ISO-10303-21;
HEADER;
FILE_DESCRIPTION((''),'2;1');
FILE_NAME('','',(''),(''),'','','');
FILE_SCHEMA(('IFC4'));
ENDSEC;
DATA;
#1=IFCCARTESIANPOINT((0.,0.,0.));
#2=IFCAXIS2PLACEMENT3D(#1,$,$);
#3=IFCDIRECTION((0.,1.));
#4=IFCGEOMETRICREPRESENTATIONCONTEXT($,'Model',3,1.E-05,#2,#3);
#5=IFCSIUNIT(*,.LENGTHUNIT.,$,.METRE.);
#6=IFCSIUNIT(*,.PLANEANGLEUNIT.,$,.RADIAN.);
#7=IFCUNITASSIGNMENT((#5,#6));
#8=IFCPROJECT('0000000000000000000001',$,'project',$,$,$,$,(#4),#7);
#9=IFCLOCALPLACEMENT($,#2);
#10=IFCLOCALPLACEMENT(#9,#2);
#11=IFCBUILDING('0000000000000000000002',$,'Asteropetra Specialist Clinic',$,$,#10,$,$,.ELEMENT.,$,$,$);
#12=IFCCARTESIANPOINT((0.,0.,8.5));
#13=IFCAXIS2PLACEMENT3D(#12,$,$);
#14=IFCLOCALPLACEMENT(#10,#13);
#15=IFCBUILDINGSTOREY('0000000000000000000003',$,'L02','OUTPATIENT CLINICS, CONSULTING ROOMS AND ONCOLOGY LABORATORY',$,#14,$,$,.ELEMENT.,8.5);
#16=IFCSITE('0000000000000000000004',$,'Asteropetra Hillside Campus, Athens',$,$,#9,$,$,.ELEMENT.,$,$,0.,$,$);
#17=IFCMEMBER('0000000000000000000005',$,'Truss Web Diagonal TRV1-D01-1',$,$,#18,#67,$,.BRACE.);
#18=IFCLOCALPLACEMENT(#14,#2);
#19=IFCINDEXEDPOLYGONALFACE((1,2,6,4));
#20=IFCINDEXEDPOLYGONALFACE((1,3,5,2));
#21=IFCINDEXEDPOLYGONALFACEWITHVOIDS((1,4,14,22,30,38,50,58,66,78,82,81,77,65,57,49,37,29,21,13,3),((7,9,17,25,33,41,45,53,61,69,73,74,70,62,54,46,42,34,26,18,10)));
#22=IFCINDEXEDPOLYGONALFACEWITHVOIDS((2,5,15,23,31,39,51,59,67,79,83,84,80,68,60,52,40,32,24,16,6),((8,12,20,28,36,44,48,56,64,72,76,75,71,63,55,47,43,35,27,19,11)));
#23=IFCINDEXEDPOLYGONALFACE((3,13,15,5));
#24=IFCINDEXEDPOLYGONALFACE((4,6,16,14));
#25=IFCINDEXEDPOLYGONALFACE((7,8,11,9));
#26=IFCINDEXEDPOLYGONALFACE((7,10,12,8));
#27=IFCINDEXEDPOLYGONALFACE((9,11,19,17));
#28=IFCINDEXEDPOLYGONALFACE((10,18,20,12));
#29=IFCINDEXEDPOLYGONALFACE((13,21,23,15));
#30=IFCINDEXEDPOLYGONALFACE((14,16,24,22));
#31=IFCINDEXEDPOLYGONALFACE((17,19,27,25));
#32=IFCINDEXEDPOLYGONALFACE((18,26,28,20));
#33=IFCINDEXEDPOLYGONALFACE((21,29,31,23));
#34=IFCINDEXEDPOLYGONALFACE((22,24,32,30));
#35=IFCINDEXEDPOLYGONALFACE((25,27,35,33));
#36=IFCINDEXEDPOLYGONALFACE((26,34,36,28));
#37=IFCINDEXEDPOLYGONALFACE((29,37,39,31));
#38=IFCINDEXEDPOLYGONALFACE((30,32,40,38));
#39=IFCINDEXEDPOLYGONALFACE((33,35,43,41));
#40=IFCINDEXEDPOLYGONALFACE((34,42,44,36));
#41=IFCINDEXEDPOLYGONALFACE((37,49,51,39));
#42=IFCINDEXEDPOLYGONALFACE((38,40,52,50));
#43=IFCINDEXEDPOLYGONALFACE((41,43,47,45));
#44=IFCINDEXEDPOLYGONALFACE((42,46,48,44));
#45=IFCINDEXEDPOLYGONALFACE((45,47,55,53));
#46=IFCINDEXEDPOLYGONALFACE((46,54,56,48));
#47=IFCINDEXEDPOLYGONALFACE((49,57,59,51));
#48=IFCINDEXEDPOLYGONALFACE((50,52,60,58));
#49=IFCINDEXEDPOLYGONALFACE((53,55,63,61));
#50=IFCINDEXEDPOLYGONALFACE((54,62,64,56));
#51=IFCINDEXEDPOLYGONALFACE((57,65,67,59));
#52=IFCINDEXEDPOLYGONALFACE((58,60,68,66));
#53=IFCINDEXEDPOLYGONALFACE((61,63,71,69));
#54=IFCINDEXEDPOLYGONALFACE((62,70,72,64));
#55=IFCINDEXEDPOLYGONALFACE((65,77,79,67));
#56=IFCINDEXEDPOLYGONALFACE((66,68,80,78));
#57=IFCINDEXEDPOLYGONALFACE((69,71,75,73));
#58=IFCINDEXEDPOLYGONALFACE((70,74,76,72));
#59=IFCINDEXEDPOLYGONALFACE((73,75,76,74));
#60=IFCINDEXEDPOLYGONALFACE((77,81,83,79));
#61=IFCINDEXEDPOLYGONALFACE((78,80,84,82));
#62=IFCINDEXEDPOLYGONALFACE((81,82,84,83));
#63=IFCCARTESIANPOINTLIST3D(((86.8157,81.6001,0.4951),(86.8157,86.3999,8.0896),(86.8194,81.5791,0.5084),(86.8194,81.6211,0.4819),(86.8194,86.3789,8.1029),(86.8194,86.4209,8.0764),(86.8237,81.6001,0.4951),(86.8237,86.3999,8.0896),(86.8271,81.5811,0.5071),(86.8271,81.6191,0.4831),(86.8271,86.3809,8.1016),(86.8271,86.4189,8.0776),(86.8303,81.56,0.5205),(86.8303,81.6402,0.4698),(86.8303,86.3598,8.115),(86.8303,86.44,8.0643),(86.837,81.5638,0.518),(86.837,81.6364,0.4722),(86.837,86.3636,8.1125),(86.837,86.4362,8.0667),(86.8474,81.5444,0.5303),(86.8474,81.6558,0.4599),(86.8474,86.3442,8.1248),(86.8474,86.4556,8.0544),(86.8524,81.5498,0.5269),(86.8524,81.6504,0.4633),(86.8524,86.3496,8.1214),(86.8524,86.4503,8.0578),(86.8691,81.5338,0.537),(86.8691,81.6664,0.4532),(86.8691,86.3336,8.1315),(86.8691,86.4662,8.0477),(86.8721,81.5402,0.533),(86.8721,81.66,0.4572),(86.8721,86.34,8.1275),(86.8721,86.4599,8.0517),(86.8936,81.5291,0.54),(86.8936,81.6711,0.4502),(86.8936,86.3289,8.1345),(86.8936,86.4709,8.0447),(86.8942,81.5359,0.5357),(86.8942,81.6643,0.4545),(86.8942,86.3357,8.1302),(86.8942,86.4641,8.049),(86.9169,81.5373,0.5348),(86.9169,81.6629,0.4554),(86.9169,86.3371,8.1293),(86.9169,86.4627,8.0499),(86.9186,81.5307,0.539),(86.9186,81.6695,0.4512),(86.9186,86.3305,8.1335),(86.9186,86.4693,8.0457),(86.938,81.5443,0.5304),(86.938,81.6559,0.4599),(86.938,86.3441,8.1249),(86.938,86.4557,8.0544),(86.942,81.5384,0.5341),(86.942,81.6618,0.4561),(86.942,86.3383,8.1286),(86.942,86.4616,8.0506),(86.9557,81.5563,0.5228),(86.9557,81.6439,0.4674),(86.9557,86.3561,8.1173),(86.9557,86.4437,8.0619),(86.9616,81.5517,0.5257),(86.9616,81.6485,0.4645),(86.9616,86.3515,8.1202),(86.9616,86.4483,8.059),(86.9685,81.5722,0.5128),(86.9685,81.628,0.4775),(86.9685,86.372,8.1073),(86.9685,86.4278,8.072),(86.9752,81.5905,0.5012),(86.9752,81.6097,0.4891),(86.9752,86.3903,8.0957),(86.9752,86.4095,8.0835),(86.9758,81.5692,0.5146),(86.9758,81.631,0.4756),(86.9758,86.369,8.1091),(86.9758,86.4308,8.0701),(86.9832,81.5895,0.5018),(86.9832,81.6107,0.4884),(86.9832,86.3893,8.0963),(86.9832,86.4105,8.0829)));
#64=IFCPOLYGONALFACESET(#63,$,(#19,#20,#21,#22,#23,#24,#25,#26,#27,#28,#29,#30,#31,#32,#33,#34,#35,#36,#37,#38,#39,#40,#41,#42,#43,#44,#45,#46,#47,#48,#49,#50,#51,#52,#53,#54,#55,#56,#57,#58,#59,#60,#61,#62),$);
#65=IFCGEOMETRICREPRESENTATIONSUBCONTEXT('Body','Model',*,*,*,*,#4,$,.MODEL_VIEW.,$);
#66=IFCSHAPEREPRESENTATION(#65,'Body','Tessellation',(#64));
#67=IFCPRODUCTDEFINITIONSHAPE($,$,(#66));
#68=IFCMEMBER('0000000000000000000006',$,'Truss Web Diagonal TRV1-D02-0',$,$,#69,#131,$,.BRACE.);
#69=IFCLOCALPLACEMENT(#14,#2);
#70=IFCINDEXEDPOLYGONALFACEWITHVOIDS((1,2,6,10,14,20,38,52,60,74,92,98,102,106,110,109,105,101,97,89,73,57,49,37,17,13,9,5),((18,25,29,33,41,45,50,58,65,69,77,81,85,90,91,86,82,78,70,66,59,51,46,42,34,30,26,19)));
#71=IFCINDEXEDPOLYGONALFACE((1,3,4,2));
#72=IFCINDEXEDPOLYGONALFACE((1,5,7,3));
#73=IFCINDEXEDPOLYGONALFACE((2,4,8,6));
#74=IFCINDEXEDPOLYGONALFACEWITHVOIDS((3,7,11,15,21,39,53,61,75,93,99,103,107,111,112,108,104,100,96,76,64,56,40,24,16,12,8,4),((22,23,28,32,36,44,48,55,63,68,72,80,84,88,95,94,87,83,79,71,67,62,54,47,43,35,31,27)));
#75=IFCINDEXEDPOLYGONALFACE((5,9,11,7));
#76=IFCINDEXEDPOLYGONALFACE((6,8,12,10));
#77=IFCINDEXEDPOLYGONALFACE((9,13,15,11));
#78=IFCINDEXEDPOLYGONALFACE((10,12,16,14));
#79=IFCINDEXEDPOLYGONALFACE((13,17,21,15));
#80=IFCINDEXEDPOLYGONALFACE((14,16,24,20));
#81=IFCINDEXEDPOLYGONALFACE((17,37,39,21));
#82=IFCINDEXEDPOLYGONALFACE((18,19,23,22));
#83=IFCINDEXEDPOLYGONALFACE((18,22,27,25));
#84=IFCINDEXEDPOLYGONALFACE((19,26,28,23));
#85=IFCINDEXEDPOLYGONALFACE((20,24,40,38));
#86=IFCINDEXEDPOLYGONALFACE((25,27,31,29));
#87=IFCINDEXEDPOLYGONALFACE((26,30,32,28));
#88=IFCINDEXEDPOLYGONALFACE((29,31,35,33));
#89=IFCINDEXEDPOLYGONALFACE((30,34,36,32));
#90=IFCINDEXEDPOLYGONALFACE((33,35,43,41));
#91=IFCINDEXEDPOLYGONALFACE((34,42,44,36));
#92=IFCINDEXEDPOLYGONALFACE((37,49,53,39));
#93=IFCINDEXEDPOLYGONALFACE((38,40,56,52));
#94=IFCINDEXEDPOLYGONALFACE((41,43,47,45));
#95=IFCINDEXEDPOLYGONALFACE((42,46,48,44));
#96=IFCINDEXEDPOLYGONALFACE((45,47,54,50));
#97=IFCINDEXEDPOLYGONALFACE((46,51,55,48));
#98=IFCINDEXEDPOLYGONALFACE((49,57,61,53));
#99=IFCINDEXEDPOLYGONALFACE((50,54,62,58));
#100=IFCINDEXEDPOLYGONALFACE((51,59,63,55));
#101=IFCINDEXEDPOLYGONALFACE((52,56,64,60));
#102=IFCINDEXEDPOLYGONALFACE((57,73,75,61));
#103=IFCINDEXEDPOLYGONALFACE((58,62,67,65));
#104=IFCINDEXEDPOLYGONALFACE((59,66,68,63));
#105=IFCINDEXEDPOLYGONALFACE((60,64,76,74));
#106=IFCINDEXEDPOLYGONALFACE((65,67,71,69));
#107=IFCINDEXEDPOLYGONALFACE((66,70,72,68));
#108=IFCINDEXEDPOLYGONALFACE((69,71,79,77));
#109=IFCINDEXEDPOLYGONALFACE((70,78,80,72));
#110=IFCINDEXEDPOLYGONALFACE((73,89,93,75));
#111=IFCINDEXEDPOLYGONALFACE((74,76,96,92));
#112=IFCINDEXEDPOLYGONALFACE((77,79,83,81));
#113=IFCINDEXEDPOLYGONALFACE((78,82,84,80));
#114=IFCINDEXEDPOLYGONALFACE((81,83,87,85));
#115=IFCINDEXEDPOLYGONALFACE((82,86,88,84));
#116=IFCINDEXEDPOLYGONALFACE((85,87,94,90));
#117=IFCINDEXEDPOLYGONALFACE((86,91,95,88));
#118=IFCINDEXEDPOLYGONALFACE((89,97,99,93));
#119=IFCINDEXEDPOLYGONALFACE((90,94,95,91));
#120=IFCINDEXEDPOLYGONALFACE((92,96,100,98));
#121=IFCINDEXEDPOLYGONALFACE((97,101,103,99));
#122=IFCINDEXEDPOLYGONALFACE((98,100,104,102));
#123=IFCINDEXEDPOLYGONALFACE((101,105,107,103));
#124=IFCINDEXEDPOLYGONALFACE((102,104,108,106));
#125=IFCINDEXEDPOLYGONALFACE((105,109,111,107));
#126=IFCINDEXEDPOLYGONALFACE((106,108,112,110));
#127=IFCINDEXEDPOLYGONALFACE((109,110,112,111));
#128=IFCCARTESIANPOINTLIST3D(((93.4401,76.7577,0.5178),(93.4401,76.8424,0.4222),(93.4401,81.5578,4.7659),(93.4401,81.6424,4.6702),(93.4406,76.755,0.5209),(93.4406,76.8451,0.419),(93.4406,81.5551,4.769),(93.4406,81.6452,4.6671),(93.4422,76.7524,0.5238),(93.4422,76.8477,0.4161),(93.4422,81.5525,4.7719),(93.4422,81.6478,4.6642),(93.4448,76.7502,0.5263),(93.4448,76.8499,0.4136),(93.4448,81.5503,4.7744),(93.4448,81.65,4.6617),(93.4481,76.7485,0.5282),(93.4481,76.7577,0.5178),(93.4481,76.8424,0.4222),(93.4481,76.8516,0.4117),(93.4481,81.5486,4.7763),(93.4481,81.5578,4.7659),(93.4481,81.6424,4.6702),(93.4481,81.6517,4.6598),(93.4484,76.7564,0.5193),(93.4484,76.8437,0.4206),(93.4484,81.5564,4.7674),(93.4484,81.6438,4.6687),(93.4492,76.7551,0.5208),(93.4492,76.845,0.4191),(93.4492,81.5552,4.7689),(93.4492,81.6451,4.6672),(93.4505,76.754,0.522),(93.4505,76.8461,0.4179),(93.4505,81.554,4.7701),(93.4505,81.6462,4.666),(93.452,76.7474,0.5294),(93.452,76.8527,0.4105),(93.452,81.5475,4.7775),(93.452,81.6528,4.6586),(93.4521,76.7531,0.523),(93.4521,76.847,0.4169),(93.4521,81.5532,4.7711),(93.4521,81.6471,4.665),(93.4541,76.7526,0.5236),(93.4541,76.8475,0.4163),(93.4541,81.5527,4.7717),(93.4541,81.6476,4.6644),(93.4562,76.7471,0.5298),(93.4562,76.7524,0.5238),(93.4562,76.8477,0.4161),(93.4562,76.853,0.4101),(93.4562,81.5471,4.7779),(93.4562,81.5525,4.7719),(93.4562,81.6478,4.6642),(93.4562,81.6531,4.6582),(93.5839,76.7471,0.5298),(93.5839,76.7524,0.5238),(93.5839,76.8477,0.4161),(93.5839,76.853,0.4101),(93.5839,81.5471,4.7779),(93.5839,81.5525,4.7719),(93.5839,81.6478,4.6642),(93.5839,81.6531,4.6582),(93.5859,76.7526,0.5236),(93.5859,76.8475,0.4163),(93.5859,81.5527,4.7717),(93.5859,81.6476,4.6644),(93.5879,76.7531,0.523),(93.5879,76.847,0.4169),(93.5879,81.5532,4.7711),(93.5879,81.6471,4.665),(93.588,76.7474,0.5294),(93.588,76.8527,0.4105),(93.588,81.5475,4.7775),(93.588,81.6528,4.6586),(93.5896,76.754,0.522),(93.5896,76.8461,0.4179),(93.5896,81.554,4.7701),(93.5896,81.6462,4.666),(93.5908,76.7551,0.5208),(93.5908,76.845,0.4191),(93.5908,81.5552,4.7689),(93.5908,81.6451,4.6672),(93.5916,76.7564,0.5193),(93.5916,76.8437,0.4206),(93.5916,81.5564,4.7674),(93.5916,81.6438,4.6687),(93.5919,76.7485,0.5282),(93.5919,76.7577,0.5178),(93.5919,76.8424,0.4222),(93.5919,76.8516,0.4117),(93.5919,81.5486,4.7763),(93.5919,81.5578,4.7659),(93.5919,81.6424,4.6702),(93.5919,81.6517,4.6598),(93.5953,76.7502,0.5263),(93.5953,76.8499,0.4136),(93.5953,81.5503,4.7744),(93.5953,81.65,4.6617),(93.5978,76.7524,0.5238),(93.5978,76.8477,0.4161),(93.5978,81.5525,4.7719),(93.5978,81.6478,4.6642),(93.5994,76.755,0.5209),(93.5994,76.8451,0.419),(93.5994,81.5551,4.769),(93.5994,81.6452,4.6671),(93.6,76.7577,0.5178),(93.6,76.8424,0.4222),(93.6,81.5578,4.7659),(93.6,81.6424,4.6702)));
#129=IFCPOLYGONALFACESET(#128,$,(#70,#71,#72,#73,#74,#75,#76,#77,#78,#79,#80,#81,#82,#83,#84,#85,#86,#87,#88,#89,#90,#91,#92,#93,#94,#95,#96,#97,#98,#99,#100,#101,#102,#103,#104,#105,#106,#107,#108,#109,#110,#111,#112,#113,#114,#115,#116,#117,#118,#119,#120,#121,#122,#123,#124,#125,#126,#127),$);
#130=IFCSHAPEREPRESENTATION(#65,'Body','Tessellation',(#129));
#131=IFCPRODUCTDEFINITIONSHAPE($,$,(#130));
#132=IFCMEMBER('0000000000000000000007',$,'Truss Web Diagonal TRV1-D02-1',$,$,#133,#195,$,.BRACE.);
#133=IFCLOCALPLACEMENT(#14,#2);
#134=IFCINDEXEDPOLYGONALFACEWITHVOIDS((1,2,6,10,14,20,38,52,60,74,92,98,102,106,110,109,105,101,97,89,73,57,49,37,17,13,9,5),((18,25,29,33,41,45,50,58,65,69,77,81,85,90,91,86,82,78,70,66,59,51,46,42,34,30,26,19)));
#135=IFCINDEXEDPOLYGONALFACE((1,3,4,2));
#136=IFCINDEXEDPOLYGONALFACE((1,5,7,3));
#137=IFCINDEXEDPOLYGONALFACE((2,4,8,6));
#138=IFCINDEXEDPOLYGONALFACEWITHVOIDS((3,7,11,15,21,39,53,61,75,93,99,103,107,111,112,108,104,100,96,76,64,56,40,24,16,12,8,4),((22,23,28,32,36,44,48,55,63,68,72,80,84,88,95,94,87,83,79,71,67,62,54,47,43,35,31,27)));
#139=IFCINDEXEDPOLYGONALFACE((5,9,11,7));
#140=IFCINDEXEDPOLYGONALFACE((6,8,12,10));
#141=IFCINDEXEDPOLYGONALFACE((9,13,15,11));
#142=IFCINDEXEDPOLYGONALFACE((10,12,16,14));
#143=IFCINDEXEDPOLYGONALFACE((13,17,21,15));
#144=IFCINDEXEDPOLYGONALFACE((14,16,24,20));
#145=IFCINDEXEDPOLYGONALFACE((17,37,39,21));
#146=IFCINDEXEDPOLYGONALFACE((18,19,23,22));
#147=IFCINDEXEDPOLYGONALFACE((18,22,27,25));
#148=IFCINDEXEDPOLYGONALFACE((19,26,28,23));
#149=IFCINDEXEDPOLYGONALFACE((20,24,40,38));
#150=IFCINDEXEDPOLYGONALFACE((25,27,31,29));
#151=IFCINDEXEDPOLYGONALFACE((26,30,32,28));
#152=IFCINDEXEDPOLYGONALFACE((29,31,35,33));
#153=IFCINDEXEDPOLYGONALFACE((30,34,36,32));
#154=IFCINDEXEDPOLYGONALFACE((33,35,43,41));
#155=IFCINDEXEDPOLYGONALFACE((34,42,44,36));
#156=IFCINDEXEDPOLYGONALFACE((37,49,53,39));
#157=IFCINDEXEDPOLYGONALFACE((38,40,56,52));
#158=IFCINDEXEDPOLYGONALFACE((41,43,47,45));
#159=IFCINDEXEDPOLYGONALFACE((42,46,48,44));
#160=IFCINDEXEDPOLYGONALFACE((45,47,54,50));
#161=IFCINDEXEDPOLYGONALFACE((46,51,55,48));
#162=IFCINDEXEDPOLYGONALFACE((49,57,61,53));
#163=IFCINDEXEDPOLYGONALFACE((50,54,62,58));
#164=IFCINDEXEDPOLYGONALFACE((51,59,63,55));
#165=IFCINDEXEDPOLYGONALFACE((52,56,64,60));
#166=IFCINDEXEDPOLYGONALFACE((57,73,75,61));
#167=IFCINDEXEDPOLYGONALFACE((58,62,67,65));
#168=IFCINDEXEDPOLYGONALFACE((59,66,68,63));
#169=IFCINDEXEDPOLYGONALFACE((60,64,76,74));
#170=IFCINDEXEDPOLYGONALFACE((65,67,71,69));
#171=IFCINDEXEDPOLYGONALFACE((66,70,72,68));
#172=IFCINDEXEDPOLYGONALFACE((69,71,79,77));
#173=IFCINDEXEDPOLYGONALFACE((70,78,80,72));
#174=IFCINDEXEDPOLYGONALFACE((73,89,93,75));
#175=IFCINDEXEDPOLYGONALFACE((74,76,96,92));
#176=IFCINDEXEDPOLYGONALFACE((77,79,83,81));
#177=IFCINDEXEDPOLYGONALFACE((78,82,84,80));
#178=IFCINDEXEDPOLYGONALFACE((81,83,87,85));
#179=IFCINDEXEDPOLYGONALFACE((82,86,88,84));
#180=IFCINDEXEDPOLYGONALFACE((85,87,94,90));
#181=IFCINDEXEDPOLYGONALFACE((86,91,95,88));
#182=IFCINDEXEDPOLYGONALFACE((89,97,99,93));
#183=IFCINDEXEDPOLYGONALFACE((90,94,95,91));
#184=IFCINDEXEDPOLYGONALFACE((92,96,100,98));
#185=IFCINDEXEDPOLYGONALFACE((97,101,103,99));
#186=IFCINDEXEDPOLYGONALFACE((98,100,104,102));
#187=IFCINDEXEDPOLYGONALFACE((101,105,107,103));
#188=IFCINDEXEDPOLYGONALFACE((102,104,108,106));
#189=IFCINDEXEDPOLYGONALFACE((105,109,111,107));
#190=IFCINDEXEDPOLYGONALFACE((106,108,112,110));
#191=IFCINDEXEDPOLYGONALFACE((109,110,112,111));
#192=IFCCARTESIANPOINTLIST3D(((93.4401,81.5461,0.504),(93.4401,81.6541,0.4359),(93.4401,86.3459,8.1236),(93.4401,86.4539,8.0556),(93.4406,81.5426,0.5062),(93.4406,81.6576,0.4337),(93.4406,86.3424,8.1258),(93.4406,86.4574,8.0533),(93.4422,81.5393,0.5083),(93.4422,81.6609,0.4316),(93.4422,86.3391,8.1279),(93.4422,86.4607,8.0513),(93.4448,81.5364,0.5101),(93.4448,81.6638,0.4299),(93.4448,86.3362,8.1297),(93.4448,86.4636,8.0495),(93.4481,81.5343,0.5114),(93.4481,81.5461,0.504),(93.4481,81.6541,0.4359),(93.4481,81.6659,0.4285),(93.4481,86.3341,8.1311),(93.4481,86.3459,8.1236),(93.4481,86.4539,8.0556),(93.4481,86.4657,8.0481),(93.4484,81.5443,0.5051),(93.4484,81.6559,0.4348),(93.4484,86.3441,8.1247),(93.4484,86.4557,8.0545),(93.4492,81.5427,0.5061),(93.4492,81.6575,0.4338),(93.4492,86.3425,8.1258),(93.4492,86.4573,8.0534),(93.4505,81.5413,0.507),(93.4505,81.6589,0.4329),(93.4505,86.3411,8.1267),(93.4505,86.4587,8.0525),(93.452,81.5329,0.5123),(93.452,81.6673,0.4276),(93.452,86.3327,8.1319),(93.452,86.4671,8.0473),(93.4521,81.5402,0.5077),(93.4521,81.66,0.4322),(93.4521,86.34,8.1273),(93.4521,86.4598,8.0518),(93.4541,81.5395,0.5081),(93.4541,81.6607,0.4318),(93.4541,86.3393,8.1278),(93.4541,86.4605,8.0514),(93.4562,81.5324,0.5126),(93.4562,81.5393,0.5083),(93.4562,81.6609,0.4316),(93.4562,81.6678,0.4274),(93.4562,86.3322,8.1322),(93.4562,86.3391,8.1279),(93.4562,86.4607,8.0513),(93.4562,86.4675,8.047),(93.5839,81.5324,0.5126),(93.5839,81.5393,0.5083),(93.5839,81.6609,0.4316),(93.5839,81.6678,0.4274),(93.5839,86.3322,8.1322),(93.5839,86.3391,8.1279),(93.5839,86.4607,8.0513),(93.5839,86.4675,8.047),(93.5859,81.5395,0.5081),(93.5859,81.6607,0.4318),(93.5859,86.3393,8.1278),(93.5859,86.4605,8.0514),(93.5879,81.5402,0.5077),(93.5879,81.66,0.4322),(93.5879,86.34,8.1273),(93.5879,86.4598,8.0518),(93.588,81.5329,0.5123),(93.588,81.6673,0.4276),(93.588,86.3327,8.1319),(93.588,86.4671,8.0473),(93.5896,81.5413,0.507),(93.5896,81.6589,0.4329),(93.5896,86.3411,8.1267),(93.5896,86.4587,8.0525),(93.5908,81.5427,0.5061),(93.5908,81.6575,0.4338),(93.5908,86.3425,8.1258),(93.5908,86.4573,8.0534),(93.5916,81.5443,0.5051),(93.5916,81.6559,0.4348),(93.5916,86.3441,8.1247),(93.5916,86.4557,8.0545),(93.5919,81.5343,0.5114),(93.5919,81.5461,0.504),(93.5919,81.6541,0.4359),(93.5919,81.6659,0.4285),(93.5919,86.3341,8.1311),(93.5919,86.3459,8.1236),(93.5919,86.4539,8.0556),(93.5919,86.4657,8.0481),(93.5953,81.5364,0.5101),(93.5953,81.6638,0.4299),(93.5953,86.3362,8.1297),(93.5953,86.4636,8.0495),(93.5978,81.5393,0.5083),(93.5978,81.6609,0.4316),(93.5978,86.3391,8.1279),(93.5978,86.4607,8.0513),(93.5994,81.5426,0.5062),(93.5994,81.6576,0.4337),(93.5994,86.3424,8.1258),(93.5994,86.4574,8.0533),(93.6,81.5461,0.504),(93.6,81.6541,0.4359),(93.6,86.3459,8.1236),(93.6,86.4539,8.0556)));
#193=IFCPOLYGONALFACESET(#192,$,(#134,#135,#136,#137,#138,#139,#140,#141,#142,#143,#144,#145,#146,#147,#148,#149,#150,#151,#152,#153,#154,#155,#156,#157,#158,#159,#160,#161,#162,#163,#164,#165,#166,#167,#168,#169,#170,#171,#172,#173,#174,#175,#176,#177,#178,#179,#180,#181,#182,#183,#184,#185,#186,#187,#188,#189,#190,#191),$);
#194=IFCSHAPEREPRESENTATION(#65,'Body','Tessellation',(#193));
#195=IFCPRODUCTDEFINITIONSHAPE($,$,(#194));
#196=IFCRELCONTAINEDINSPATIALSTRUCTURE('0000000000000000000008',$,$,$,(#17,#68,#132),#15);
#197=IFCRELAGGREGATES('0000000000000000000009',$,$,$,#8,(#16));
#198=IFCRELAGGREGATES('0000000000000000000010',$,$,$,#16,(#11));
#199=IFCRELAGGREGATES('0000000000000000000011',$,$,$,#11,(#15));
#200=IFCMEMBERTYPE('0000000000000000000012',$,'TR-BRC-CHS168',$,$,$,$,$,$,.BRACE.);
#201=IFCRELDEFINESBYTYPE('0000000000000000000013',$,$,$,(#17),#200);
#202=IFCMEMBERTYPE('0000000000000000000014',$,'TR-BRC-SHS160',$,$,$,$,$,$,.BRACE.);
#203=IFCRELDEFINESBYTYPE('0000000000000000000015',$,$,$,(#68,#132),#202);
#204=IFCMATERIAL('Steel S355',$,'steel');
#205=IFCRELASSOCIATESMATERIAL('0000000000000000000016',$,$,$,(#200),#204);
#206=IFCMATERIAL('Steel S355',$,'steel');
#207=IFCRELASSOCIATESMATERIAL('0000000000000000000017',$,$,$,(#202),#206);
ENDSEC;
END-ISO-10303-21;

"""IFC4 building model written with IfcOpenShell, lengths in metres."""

from ifc_helpers import new_model, si_unit, direction, frame, origin, origin_2d, place, context, subcontext, project, spatial, hollow_rectangle, hollow_circle, extrude, material, material_profile, profile_set, type_object, element, save


model = new_model("IFC4")

# Units and contexts
model_context = context("Model", 3, precision=1e-05, world=origin(), true_north=direction((0.0, 1.0)))
body_context = subcontext(model_context, "Body", "Model", "MODEL_VIEW")
ifc_project = project(units=[si_unit("LENGTHUNIT", "METRE"), si_unit("PLANEANGLEUNIT", "RADIAN")], contexts=[model_context])

# Site, building, storey
site_placement = place(None, origin())
site = spatial("IfcSite", under=ifc_project, at=site_placement, Name="Asteropetra Hillside Campus, Athens", CompositionType="ELEMENT", RefElevation=0.0)
building_placement = place(site_placement, origin())
building = spatial("IfcBuilding", under=site, at=building_placement, Name="Asteropetra Specialist Clinic", CompositionType="ELEMENT")
storey_placement = place(building_placement, frame((0.0, 0.0, 8.5)))
storey = spatial("IfcBuildingStorey", under=building, at=storey_placement, Name="L02", Description="OUTPATIENT CLINICS, CONSULTING ROOMS AND ONCOLOGY LABORATORY", CompositionType="ELEMENT", Elevation=8.5)

# Members
ifc_material_1 = material(Name="Steel S355", Category="steel")
ifc_material_profile_1 = material_profile(ifc_material_1, hollow_circle(Radius=0.0842, WallThickness=0.0081, at=origin_2d()), Name="CHS 168.3x8.0")
ifc_profile_set_1 = profile_set([ifc_material_profile_1], Name="Steel S355")
member_type_1 = type_object("IfcMemberType", Name="TR-BRC-CHS168", PredefinedType="BRACE", material=ifc_profile_set_1)
member_1_placement = place(storey_placement, frame((86.8999, 81.6001, 0.4951), z_axis=(0.0, 0.534255, 0.845324), x_axis=(-1.0, 0.0, 0.0)))
element("IfcMember", 1, at=member_1_placement, inside=storey, type_object=member_type_1, Name="Truss Web Diagonal TRV1-D01-1", PredefinedType="BRACE", context=body_context, shape_type="SweptSolid", body=[
    extrude(hollow_circle(Radius=0.0842, WallThickness=0.0081, at=origin_2d()), origin(), (0.0, 0.0, 1.0), 8.9841),
])
ifc_material_2 = material(Name="Steel S355", Category="steel")
ifc_material_profile_2 = material_profile(ifc_material_2, hollow_rectangle(XDim=0.1599, YDim=0.1599, WallThickness=0.0081, InnerFilletRadius=0.0081, OuterFilletRadius=0.0161, at=origin_2d()), Name="SHS 160x160x8.0")
ifc_profile_set_2 = profile_set([ifc_material_profile_2], Name="Steel S355")
member_type_2 = type_object("IfcMemberType", Name="TR-BRC-SHS160", PredefinedType="BRACE", material=ifc_profile_set_2)
member_2_placement = place(storey_placement, frame((93.52, 76.8, 0.47), z_axis=(0.0, 0.748853, 0.662736), x_axis=(-1.0, 0.0, 0.0)))
element("IfcMember", 2, at=member_2_placement, inside=storey, type_object=member_type_2, Name="Truss Web Diagonal TRV1-D02-0", PredefinedType="BRACE", context=body_context, shape_type="SweptSolid", body=[
    extrude(hollow_rectangle(XDim=0.1599, YDim=0.1599, WallThickness=0.0081, InnerFilletRadius=0.0081, OuterFilletRadius=0.0161, at=origin_2d()), origin(), (0.0, 0.0, 1.0), 6.4099),
])
member_3_placement = place(storey_placement, frame((93.52, 81.6001, 0.47), z_axis=(0.0, 0.532993, 0.84612), x_axis=(-1.0, 0.0, 0.0)))
element("IfcMember", 3, at=member_3_placement, inside=storey, type_object=member_type_2, Name="Truss Web Diagonal TRV1-D02-1", PredefinedType="BRACE", context=body_context, shape_type="SweptSolid", body=[
    extrude(hollow_rectangle(XDim=0.1599, YDim=0.1599, WallThickness=0.0081, InnerFilletRadius=0.0081, OuterFilletRadius=0.0161, at=origin_2d()), origin(), (0.0, 0.0, 1.0), 9.0054),
])

save(model, "model.ifc")
